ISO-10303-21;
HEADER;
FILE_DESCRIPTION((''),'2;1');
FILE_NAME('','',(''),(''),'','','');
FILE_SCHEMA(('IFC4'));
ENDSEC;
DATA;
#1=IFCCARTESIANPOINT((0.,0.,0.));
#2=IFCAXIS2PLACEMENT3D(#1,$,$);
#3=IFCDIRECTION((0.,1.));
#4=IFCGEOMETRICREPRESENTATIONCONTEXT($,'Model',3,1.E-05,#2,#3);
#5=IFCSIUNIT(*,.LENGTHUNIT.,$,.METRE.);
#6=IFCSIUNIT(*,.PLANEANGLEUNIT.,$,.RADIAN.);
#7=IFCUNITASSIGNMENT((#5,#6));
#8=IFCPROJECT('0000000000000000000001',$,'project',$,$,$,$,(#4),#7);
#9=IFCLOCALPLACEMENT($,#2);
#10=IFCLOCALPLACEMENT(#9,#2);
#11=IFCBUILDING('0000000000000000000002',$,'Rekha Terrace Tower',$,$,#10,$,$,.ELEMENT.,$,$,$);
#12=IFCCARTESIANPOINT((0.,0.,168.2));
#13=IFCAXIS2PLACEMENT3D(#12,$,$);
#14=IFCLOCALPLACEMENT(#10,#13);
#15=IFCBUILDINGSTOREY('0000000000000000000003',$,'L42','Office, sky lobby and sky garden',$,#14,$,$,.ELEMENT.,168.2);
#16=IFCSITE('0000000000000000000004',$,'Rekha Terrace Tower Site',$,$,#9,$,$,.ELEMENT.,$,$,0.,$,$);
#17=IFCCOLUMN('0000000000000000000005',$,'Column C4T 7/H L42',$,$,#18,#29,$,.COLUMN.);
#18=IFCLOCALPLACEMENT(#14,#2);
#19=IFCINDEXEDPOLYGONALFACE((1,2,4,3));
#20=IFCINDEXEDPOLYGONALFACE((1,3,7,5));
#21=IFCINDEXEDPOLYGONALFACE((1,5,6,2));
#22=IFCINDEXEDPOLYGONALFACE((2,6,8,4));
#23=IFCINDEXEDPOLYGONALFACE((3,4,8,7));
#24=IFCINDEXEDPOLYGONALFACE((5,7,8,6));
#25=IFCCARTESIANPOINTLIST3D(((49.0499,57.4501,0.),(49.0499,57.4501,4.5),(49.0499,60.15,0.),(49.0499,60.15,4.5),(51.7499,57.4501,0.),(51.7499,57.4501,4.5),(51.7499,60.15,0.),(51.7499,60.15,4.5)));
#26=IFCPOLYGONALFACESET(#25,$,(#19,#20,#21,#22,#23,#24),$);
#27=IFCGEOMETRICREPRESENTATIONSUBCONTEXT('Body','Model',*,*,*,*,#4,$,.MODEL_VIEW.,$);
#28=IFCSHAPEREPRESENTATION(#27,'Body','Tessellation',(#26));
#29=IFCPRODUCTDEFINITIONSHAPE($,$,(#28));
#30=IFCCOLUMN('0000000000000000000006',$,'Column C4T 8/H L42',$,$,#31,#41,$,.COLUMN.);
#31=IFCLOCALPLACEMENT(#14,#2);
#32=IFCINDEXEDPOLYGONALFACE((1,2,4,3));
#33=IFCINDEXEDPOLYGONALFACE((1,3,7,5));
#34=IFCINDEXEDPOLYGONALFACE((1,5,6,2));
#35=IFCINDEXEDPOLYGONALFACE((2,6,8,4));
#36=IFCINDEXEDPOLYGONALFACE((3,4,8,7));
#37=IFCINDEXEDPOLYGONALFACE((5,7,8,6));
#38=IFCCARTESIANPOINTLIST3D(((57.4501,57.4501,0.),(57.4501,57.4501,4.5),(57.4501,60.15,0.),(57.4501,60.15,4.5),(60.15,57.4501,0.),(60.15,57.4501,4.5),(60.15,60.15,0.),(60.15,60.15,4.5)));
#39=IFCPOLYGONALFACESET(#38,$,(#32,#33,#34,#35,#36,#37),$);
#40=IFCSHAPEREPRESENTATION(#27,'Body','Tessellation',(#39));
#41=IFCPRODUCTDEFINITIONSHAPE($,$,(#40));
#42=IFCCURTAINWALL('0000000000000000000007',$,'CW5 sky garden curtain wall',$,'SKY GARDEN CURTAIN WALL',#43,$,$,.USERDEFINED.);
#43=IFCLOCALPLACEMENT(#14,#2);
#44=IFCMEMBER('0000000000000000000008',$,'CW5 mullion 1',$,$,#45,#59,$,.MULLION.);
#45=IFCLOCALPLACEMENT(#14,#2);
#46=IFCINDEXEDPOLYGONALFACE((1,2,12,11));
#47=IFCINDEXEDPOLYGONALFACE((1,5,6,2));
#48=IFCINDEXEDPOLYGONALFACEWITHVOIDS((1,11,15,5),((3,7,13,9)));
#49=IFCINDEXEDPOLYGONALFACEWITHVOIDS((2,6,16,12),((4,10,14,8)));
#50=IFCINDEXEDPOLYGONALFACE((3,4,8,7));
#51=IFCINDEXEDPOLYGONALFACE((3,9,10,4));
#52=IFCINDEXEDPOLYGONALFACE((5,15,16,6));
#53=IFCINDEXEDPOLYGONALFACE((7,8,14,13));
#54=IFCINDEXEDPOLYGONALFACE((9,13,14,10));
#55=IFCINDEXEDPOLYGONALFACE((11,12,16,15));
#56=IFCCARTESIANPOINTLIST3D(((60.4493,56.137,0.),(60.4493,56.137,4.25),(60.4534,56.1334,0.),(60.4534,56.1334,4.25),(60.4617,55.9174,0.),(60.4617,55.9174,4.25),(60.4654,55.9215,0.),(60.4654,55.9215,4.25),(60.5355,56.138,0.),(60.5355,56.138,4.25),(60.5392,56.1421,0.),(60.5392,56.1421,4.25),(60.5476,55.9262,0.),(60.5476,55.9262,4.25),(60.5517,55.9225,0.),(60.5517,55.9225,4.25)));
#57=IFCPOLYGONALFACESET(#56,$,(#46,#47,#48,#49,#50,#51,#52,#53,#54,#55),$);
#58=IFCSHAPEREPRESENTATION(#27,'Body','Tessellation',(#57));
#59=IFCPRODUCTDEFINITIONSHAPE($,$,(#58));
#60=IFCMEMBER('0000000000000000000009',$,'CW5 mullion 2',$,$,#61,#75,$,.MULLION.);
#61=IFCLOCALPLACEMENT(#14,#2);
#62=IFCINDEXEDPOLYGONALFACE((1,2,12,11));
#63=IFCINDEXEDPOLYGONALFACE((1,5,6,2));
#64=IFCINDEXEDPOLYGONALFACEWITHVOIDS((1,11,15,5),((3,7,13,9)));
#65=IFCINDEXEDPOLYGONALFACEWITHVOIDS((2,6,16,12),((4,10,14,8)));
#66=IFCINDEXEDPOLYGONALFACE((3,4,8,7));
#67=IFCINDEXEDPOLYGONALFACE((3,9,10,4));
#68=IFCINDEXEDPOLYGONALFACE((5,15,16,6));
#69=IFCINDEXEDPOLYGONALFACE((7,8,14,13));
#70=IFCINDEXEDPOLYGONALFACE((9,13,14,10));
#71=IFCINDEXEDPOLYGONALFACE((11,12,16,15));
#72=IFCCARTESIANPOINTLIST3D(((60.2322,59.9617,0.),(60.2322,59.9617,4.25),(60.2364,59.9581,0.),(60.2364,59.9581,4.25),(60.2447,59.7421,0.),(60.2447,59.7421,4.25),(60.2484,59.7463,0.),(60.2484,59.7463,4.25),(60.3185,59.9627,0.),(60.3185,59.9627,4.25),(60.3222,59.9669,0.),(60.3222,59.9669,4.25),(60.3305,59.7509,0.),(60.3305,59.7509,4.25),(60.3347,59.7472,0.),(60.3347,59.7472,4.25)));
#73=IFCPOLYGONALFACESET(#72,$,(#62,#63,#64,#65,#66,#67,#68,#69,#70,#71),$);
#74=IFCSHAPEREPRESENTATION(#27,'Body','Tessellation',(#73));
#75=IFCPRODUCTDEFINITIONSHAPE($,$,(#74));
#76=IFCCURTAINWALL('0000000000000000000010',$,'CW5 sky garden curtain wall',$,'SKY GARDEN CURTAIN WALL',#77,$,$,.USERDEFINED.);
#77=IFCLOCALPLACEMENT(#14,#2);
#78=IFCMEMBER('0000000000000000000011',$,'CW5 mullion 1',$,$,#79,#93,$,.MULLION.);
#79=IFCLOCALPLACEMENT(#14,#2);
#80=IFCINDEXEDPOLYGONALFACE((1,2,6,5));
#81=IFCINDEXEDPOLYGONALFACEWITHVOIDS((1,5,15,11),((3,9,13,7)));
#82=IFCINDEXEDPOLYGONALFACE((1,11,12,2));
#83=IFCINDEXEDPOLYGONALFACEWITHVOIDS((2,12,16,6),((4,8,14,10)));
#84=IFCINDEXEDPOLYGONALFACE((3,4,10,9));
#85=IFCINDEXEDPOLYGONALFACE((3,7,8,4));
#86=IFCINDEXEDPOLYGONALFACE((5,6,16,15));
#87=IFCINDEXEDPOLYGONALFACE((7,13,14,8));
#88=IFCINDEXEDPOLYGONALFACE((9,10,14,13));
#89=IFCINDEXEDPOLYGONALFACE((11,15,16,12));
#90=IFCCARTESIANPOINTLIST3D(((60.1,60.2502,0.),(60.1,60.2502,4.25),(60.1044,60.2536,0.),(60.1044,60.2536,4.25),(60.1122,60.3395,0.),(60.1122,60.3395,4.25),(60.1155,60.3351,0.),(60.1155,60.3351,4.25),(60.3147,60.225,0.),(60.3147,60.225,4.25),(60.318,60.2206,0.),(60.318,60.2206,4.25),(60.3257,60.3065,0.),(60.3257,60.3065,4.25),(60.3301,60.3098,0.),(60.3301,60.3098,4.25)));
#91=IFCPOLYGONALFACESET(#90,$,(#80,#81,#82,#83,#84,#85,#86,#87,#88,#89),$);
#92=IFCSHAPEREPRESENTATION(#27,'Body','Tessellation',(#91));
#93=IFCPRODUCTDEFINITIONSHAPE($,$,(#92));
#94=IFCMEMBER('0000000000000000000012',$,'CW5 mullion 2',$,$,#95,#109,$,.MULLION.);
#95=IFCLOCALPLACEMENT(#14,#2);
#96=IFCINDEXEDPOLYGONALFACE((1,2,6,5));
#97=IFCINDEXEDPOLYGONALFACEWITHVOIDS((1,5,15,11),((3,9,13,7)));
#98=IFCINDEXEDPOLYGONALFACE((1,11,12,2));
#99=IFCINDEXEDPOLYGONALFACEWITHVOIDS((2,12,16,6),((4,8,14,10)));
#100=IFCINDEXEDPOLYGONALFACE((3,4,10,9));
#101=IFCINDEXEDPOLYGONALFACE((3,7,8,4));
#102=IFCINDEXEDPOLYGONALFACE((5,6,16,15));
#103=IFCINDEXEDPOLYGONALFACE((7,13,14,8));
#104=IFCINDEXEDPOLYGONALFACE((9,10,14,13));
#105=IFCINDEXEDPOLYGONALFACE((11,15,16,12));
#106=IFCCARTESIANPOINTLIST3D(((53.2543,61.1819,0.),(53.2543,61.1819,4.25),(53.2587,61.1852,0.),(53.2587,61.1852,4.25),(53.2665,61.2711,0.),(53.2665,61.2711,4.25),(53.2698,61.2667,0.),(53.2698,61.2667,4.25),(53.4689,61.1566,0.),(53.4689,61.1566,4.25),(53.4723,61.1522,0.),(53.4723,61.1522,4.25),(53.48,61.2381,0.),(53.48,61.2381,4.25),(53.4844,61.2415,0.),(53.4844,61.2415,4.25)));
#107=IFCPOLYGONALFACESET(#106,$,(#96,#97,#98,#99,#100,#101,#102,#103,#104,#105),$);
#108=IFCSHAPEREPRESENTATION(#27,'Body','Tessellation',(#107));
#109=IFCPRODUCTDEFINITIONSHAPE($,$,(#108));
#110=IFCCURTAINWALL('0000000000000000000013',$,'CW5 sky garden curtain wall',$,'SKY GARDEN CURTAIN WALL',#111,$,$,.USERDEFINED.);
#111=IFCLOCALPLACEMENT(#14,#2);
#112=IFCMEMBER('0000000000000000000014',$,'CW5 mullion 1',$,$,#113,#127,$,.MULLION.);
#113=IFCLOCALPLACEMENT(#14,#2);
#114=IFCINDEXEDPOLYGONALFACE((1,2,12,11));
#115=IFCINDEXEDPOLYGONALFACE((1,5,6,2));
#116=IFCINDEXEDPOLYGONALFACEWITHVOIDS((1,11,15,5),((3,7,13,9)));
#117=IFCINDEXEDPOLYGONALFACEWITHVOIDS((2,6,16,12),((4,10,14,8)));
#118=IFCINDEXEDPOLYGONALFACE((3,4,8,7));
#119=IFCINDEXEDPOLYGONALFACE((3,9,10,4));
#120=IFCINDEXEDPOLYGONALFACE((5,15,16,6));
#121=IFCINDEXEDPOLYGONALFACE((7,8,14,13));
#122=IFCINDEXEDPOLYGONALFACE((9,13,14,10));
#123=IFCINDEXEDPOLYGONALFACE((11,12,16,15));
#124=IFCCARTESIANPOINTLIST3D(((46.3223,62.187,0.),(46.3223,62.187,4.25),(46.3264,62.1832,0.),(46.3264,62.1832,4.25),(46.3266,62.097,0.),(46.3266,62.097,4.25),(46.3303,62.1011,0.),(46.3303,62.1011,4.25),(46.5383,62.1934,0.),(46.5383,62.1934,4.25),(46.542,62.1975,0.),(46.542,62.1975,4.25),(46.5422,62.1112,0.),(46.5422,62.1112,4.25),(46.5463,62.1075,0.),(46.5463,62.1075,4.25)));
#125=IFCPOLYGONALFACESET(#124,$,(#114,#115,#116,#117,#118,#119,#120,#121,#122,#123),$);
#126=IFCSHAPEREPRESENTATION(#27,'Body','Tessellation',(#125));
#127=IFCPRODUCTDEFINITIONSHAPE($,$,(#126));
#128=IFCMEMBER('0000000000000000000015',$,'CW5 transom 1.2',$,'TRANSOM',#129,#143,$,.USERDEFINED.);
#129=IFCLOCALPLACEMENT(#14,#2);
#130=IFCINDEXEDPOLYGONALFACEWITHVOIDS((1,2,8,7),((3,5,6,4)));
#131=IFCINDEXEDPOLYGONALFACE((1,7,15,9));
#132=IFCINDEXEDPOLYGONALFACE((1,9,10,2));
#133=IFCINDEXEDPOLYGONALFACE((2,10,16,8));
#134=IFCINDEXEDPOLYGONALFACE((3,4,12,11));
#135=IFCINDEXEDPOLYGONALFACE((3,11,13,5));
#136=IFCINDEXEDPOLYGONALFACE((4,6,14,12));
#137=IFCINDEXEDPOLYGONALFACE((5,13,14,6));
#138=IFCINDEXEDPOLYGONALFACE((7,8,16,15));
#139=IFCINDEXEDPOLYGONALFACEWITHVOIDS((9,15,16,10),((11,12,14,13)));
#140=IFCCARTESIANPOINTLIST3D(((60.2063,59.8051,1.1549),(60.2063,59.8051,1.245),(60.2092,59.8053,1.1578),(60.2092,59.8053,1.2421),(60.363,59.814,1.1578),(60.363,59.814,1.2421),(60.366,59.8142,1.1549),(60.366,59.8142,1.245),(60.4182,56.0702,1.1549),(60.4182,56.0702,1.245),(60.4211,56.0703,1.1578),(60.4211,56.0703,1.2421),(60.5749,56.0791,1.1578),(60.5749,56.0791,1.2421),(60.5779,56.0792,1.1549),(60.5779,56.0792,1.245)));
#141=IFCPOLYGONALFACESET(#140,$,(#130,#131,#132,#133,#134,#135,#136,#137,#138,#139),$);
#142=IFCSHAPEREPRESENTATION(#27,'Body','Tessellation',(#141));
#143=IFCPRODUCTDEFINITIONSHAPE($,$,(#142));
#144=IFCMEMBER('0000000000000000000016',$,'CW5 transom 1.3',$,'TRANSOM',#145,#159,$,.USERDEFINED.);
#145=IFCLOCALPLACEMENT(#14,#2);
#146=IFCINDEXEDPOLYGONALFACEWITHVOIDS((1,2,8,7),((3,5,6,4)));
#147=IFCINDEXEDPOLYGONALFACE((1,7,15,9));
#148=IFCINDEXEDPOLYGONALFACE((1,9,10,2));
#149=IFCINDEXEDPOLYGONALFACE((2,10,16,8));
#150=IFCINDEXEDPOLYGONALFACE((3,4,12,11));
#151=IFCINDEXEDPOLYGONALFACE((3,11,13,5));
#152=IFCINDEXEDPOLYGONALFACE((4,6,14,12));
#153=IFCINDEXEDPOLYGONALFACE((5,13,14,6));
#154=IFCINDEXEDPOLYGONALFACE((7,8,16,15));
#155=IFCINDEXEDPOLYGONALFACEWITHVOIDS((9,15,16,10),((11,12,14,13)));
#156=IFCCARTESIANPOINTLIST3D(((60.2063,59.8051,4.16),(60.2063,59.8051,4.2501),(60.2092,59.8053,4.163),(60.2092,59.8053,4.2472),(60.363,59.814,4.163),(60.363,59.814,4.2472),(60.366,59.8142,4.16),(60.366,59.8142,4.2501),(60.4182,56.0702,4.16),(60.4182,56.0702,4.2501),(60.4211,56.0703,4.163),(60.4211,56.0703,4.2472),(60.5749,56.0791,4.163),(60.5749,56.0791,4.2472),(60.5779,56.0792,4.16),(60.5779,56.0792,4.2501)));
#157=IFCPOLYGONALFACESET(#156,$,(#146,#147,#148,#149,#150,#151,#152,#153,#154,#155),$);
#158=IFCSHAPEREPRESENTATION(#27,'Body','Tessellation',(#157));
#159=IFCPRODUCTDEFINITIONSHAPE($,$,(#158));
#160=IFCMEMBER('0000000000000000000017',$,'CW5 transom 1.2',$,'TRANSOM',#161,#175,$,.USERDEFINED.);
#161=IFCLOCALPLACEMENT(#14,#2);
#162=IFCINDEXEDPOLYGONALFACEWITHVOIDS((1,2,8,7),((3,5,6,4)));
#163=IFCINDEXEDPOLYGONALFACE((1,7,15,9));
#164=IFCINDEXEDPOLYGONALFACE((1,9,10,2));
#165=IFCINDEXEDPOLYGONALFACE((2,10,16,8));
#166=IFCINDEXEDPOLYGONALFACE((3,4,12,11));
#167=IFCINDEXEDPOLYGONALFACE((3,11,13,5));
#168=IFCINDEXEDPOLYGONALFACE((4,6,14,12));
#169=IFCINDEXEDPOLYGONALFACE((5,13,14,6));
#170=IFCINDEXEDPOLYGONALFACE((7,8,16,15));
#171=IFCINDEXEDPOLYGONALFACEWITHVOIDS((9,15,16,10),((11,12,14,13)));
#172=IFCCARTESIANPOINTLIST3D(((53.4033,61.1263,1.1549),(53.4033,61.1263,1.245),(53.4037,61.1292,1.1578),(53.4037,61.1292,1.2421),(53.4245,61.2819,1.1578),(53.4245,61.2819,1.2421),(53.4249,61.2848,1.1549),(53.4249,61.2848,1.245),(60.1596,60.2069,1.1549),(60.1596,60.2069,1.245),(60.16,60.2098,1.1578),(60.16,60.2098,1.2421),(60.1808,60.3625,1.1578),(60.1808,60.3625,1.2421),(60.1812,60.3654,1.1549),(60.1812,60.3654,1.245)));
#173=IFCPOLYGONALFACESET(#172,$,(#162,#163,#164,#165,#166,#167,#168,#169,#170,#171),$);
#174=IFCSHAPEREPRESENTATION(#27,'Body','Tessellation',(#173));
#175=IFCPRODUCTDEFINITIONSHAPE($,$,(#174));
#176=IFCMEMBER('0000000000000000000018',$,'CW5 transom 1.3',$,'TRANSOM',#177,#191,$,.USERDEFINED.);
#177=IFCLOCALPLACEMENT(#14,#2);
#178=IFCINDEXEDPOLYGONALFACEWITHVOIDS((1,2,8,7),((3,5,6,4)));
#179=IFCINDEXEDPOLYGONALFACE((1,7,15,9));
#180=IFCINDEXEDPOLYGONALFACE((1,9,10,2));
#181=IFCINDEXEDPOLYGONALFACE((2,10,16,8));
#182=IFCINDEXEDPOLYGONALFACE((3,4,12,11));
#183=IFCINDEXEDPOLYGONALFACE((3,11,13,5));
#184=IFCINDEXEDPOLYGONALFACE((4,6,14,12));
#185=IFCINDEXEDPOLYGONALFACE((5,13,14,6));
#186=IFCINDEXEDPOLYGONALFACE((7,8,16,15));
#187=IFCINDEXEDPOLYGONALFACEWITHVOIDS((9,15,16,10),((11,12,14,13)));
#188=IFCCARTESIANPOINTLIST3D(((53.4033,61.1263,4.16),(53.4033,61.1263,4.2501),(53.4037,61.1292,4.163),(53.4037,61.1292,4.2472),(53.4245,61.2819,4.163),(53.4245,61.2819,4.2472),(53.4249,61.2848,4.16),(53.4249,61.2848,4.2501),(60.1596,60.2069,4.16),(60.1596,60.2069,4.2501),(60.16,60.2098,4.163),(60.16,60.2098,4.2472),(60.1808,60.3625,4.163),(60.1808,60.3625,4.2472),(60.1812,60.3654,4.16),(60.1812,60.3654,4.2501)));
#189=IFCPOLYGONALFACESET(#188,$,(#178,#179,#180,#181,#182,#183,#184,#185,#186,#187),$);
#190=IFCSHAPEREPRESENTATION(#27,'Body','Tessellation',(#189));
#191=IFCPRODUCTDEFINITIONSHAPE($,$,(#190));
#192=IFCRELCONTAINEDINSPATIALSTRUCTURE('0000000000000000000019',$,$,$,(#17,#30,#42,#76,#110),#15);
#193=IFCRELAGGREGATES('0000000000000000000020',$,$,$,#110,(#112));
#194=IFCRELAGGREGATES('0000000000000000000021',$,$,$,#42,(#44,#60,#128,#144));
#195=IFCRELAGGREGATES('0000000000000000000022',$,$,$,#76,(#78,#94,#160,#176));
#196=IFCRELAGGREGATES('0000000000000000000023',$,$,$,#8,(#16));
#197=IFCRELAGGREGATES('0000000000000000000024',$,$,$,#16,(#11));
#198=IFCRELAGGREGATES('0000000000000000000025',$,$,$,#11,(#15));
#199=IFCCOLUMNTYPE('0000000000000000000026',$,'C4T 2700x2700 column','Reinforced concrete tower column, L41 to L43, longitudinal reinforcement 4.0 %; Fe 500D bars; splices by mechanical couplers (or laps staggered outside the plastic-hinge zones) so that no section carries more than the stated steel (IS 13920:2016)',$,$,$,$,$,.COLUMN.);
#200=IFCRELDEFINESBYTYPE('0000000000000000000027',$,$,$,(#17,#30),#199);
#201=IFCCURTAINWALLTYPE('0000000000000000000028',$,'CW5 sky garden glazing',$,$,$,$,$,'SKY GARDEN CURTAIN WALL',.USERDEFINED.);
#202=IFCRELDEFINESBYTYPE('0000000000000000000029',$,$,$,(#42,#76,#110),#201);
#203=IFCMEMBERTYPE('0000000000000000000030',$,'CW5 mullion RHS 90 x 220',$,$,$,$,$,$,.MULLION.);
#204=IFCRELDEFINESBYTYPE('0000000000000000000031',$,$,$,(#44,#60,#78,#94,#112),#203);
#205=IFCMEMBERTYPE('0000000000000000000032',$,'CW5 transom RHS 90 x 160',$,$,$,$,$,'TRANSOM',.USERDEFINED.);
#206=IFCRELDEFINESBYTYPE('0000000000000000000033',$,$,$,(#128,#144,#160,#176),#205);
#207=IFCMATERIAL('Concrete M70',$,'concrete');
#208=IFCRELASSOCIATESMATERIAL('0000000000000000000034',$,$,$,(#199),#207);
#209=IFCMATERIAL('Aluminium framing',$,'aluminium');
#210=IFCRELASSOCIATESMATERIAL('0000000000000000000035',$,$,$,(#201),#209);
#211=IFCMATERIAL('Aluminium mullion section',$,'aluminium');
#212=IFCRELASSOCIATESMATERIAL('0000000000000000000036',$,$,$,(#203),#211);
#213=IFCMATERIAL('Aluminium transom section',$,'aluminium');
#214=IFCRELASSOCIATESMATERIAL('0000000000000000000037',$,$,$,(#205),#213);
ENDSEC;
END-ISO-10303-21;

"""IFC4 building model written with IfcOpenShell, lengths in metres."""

from ifc_helpers import new_model, si_unit, direction, frame, origin, origin_2d, place, context, subcontext, project, spatial, rectangle, hollow_rectangle, extrude, material, material_profile, profile_set, type_object, element, aggregate, save


model = new_model("IFC4")

# Units and contexts
model_context = context("Model", 3, precision=1e-05, world=origin(), true_north=direction((0.0, 1.0)))
body_context = subcontext(model_context, "Body", "Model", "MODEL_VIEW")
ifc_project = project(units=[si_unit("LENGTHUNIT", "METRE"), si_unit("PLANEANGLEUNIT", "RADIAN")], contexts=[model_context])

# Site, building, storey
site_placement = place(None, origin())
site = spatial("IfcSite", under=ifc_project, at=site_placement, Name="Rekha Terrace Tower Site", CompositionType="ELEMENT", RefElevation=0.0)
building_placement = place(site_placement, origin())
building = spatial("IfcBuilding", under=site, at=building_placement, Name="Rekha Terrace Tower", CompositionType="ELEMENT")
storey_placement = place(building_placement, frame((0.0, 0.0, 168.2)))
storey = spatial("IfcBuildingStorey", under=building, at=storey_placement, Name="L42", Description="Office, sky lobby and sky garden", CompositionType="ELEMENT", Elevation=168.2)

# Columns
ifc_material_1 = material(Name="Concrete M70", Category="concrete")
ifc_material_profile_1 = material_profile(ifc_material_1, rectangle(XDim=2.7, YDim=2.7, at=origin_2d()), Name="RC 2700x2700")
ifc_profile_set_1 = profile_set([ifc_material_profile_1], Name="Concrete M70")
column_type = type_object("IfcColumnType", Name="C4T 2700x2700 column", Description="Reinforced concrete tower column, L41 to L43, longitudinal reinforcement 4.0 %; Fe 500D bars; splices by mechanical couplers (or laps staggered outside the plastic-hinge zones) so that no section carries more than the stated steel (IS 13920:2016)", PredefinedType="COLUMN", material=ifc_profile_set_1)
for number, where, z_axis, x_axis, name in (
    (1, (50.3999, 58.8, 0.0), (0.0, 0.0, 1.0), (1.0, 0.0, 0.0), "Column C4T 7/H L42"),
    (2, (58.8, 58.8, 0.0), (0.0, 0.0, 1.0), (1.0, 0.0, 0.0), "Column C4T 8/H L42"),
):
    element("IfcColumn", number, at=place(storey_placement, frame(where, z_axis=z_axis, x_axis=x_axis)), inside=storey, type_object=column_type, Name=name, PredefinedType="COLUMN", context=body_context, shape_type="SweptSolid", body=[
        extrude(rectangle(XDim=2.7, YDim=2.7, at=origin_2d()), origin(), (0.0, 0.0, 1.0), 4.5),
    ])

# Curtain walls, members
ifc_material_2 = material(Name="Aluminium framing", Category="aluminium")
curtain_wall_type = type_object("IfcCurtainWallType", Name="CW5 sky garden glazing", ElementType="SKY GARDEN CURTAIN WALL", PredefinedType="USERDEFINED", material=ifc_material_2)
curtain_wall_1_placement = place(storey_placement, origin())
curtain_wall_1 = element("IfcCurtainWall", 3, at=curtain_wall_1_placement, inside=storey, type_object=curtain_wall_type, Name="CW5 sky garden curtain wall", ObjectType="SKY GARDEN CURTAIN WALL", PredefinedType="USERDEFINED")
ifc_material_3 = material(Name="Aluminium mullion section", Category="aluminium")
ifc_material_profile_2 = material_profile(ifc_material_3, hollow_rectangle(XDim=0.0901, YDim=0.22, WallThickness=0.0039, at=origin_2d()), Name="AL RHS 90x220")
ifc_profile_set_2 = profile_set([ifc_material_profile_2], Name="Aluminium mullion section")
member_type_1 = type_object("IfcMemberType", Name="CW5 mullion RHS 90 x 220", PredefinedType="MULLION", material=ifc_profile_set_2)
member_1_placement = place(storey_placement, frame((60.5005, 56.0298, 0.0), z_axis=(0.0, 0.0, 1.0), x_axis=(-0.998393, -0.056673, 0.0)))
member_1 = element("IfcMember", 4, at=member_1_placement, type_object=member_type_1, Name="CW5 mullion 1", PredefinedType="MULLION", context=body_context, shape_type="SweptSolid", body=[
    extrude(hollow_rectangle(XDim=0.0901, YDim=0.22, WallThickness=0.0039, at=origin_2d()), origin(), (0.0, 0.0, 1.0), 4.25),
])
member_2_placement = place(storey_placement, frame((60.2834, 59.8545, 0.0), z_axis=(0.0, 0.0, 1.0), x_axis=(-0.998393, -0.056673, 0.0)))
member_2 = element("IfcMember", 5, at=member_2_placement, type_object=member_type_1, Name="CW5 mullion 2", PredefinedType="MULLION", context=body_context, shape_type="SweptSolid", body=[
    extrude(hollow_rectangle(XDim=0.0901, YDim=0.22, WallThickness=0.0039, at=origin_2d()), origin(), (0.0, 0.0, 1.0), 4.25),
])
curtain_wall_2_placement = place(storey_placement, origin())
curtain_wall_2 = element("IfcCurtainWall", 6, at=curtain_wall_2_placement, inside=storey, type_object=curtain_wall_type, Name="CW5 sky garden curtain wall", ObjectType="SKY GARDEN CURTAIN WALL", PredefinedType="USERDEFINED")
member_3_placement = place(storey_placement, frame((60.2151, 60.28, 0.0), z_axis=(0.0, 0.0, 1.0), x_axis=(-0.134841, -0.990867, 0.0)))
member_3 = element("IfcMember", 7, at=member_3_placement, type_object=member_type_1, Name="CW5 mullion 1", PredefinedType="MULLION", context=body_context, shape_type="SweptSolid", body=[
    extrude(hollow_rectangle(XDim=0.0901, YDim=0.22, WallThickness=0.0039, at=origin_2d()), origin(), (0.0, 0.0, 1.0), 4.25),
])
member_4_placement = place(storey_placement, frame((53.3694, 61.2117, 0.0), z_axis=(0.0, 0.0, 1.0), x_axis=(-0.134841, -0.990867, 0.0)))
member_4 = element("IfcMember", 8, at=member_4_placement, type_object=member_type_1, Name="CW5 mullion 2", PredefinedType="MULLION", context=body_context, shape_type="SweptSolid", body=[
    extrude(hollow_rectangle(XDim=0.0901, YDim=0.22, WallThickness=0.0039, at=origin_2d()), origin(), (0.0, 0.0, 1.0), 4.25),
])

# Curtain wall, member
curtain_wall_3_placement = place(storey_placement, origin())
curtain_wall_3 = element("IfcCurtainWall", 9, at=curtain_wall_3_placement, inside=storey, type_object=curtain_wall_type, Name="CW5 sky garden curtain wall", ObjectType="SKY GARDEN CURTAIN WALL", PredefinedType="USERDEFINED")
member_5_placement = place(storey_placement, frame((46.4343, 62.1472, 0.0), z_axis=(0.0, 0.0, 1.0), x_axis=(0.047759, -0.998859, 0.0)))
member_5 = element("IfcMember", 10, at=member_5_placement, type_object=member_type_1, Name="CW5 mullion 1", PredefinedType="MULLION", context=body_context, shape_type="SweptSolid", body=[
    extrude(hollow_rectangle(XDim=0.0901, YDim=0.22, WallThickness=0.0039, at=origin_2d()), origin(), (0.0, 0.0, 1.0), 4.25),
])
aggregate(curtain_wall_3, [member_5])

# Members
ifc_material_4 = material(Name="Aluminium transom section", Category="aluminium")
ifc_material_profile_3 = material_profile(ifc_material_4, hollow_rectangle(XDim=0.1599, YDim=0.0901, WallThickness=0.0029, at=origin_2d()), Name="AL RHS 160x90")
ifc_profile_set_3 = profile_set([ifc_material_profile_3], Name="Aluminium transom section")
member_type_2 = type_object("IfcMemberType", Name="CW5 transom RHS 90 x 160", ElementType="TRANSOM", PredefinedType="USERDEFINED", material=ifc_profile_set_3)
member_6_placement = place(storey_placement, frame((60.498, 56.0747, 1.2), z_axis=(-0.056648, 0.998394, 0.0), x_axis=(-0.998394, -0.056648, 0.0)))
member_6 = element("IfcMember", 11, at=member_6_placement, type_object=member_type_2, Name="CW5 transom 1.2", ObjectType="TRANSOM", PredefinedType="USERDEFINED", context=body_context, shape_type="SweptSolid", body=[
    extrude(hollow_rectangle(XDim=0.1599, YDim=0.0901, WallThickness=0.0029, at=origin_2d()), origin(), (0.0, 0.0, 1.0), 3.741),
])
member_7_placement = place(storey_placement, frame((60.498, 56.0747, 4.2051), z_axis=(-0.056648, 0.998394, 0.0), x_axis=(-0.998394, -0.056648, 0.0)))
member_7 = element("IfcMember", 12, at=member_7_placement, type_object=member_type_2, Name="CW5 transom 1.3", ObjectType="TRANSOM", PredefinedType="USERDEFINED", context=body_context, shape_type="SweptSolid", body=[
    extrude(hollow_rectangle(XDim=0.1599, YDim=0.0901, WallThickness=0.0029, at=origin_2d()), origin(), (0.0, 0.0, 1.0), 3.741),
])
member_8_placement = place(storey_placement, frame((60.1704, 60.2861, 1.2), z_axis=(-0.990867, 0.134842, 0.0), x_axis=(-0.134842, -0.990867, 0.0)))
member_8 = element("IfcMember", 13, at=member_8_placement, type_object=member_type_2, Name="CW5 transom 1.2", ObjectType="TRANSOM", PredefinedType="USERDEFINED", context=body_context, shape_type="SweptSolid", body=[
    extrude(hollow_rectangle(XDim=0.1599, YDim=0.0901, WallThickness=0.0029, at=origin_2d()), origin(), (0.0, 0.0, 1.0), 6.8186),
])
member_9_placement = place(storey_placement, frame((60.1704, 60.2861, 4.2051), z_axis=(-0.990867, 0.134842, 0.0), x_axis=(-0.134842, -0.990867, 0.0)))
member_9 = element("IfcMember", 14, at=member_9_placement, type_object=member_type_2, Name="CW5 transom 1.3", ObjectType="TRANSOM", PredefinedType="USERDEFINED", context=body_context, shape_type="SweptSolid", body=[
    extrude(hollow_rectangle(XDim=0.1599, YDim=0.0901, WallThickness=0.0029, at=origin_2d()), origin(), (0.0, 0.0, 1.0), 6.8186),
])

aggregate(curtain_wall_1, [member_1, member_2, member_6, member_7])
aggregate(curtain_wall_2, [member_3, member_4, member_8, member_9])

save(model, "model.ifc")
